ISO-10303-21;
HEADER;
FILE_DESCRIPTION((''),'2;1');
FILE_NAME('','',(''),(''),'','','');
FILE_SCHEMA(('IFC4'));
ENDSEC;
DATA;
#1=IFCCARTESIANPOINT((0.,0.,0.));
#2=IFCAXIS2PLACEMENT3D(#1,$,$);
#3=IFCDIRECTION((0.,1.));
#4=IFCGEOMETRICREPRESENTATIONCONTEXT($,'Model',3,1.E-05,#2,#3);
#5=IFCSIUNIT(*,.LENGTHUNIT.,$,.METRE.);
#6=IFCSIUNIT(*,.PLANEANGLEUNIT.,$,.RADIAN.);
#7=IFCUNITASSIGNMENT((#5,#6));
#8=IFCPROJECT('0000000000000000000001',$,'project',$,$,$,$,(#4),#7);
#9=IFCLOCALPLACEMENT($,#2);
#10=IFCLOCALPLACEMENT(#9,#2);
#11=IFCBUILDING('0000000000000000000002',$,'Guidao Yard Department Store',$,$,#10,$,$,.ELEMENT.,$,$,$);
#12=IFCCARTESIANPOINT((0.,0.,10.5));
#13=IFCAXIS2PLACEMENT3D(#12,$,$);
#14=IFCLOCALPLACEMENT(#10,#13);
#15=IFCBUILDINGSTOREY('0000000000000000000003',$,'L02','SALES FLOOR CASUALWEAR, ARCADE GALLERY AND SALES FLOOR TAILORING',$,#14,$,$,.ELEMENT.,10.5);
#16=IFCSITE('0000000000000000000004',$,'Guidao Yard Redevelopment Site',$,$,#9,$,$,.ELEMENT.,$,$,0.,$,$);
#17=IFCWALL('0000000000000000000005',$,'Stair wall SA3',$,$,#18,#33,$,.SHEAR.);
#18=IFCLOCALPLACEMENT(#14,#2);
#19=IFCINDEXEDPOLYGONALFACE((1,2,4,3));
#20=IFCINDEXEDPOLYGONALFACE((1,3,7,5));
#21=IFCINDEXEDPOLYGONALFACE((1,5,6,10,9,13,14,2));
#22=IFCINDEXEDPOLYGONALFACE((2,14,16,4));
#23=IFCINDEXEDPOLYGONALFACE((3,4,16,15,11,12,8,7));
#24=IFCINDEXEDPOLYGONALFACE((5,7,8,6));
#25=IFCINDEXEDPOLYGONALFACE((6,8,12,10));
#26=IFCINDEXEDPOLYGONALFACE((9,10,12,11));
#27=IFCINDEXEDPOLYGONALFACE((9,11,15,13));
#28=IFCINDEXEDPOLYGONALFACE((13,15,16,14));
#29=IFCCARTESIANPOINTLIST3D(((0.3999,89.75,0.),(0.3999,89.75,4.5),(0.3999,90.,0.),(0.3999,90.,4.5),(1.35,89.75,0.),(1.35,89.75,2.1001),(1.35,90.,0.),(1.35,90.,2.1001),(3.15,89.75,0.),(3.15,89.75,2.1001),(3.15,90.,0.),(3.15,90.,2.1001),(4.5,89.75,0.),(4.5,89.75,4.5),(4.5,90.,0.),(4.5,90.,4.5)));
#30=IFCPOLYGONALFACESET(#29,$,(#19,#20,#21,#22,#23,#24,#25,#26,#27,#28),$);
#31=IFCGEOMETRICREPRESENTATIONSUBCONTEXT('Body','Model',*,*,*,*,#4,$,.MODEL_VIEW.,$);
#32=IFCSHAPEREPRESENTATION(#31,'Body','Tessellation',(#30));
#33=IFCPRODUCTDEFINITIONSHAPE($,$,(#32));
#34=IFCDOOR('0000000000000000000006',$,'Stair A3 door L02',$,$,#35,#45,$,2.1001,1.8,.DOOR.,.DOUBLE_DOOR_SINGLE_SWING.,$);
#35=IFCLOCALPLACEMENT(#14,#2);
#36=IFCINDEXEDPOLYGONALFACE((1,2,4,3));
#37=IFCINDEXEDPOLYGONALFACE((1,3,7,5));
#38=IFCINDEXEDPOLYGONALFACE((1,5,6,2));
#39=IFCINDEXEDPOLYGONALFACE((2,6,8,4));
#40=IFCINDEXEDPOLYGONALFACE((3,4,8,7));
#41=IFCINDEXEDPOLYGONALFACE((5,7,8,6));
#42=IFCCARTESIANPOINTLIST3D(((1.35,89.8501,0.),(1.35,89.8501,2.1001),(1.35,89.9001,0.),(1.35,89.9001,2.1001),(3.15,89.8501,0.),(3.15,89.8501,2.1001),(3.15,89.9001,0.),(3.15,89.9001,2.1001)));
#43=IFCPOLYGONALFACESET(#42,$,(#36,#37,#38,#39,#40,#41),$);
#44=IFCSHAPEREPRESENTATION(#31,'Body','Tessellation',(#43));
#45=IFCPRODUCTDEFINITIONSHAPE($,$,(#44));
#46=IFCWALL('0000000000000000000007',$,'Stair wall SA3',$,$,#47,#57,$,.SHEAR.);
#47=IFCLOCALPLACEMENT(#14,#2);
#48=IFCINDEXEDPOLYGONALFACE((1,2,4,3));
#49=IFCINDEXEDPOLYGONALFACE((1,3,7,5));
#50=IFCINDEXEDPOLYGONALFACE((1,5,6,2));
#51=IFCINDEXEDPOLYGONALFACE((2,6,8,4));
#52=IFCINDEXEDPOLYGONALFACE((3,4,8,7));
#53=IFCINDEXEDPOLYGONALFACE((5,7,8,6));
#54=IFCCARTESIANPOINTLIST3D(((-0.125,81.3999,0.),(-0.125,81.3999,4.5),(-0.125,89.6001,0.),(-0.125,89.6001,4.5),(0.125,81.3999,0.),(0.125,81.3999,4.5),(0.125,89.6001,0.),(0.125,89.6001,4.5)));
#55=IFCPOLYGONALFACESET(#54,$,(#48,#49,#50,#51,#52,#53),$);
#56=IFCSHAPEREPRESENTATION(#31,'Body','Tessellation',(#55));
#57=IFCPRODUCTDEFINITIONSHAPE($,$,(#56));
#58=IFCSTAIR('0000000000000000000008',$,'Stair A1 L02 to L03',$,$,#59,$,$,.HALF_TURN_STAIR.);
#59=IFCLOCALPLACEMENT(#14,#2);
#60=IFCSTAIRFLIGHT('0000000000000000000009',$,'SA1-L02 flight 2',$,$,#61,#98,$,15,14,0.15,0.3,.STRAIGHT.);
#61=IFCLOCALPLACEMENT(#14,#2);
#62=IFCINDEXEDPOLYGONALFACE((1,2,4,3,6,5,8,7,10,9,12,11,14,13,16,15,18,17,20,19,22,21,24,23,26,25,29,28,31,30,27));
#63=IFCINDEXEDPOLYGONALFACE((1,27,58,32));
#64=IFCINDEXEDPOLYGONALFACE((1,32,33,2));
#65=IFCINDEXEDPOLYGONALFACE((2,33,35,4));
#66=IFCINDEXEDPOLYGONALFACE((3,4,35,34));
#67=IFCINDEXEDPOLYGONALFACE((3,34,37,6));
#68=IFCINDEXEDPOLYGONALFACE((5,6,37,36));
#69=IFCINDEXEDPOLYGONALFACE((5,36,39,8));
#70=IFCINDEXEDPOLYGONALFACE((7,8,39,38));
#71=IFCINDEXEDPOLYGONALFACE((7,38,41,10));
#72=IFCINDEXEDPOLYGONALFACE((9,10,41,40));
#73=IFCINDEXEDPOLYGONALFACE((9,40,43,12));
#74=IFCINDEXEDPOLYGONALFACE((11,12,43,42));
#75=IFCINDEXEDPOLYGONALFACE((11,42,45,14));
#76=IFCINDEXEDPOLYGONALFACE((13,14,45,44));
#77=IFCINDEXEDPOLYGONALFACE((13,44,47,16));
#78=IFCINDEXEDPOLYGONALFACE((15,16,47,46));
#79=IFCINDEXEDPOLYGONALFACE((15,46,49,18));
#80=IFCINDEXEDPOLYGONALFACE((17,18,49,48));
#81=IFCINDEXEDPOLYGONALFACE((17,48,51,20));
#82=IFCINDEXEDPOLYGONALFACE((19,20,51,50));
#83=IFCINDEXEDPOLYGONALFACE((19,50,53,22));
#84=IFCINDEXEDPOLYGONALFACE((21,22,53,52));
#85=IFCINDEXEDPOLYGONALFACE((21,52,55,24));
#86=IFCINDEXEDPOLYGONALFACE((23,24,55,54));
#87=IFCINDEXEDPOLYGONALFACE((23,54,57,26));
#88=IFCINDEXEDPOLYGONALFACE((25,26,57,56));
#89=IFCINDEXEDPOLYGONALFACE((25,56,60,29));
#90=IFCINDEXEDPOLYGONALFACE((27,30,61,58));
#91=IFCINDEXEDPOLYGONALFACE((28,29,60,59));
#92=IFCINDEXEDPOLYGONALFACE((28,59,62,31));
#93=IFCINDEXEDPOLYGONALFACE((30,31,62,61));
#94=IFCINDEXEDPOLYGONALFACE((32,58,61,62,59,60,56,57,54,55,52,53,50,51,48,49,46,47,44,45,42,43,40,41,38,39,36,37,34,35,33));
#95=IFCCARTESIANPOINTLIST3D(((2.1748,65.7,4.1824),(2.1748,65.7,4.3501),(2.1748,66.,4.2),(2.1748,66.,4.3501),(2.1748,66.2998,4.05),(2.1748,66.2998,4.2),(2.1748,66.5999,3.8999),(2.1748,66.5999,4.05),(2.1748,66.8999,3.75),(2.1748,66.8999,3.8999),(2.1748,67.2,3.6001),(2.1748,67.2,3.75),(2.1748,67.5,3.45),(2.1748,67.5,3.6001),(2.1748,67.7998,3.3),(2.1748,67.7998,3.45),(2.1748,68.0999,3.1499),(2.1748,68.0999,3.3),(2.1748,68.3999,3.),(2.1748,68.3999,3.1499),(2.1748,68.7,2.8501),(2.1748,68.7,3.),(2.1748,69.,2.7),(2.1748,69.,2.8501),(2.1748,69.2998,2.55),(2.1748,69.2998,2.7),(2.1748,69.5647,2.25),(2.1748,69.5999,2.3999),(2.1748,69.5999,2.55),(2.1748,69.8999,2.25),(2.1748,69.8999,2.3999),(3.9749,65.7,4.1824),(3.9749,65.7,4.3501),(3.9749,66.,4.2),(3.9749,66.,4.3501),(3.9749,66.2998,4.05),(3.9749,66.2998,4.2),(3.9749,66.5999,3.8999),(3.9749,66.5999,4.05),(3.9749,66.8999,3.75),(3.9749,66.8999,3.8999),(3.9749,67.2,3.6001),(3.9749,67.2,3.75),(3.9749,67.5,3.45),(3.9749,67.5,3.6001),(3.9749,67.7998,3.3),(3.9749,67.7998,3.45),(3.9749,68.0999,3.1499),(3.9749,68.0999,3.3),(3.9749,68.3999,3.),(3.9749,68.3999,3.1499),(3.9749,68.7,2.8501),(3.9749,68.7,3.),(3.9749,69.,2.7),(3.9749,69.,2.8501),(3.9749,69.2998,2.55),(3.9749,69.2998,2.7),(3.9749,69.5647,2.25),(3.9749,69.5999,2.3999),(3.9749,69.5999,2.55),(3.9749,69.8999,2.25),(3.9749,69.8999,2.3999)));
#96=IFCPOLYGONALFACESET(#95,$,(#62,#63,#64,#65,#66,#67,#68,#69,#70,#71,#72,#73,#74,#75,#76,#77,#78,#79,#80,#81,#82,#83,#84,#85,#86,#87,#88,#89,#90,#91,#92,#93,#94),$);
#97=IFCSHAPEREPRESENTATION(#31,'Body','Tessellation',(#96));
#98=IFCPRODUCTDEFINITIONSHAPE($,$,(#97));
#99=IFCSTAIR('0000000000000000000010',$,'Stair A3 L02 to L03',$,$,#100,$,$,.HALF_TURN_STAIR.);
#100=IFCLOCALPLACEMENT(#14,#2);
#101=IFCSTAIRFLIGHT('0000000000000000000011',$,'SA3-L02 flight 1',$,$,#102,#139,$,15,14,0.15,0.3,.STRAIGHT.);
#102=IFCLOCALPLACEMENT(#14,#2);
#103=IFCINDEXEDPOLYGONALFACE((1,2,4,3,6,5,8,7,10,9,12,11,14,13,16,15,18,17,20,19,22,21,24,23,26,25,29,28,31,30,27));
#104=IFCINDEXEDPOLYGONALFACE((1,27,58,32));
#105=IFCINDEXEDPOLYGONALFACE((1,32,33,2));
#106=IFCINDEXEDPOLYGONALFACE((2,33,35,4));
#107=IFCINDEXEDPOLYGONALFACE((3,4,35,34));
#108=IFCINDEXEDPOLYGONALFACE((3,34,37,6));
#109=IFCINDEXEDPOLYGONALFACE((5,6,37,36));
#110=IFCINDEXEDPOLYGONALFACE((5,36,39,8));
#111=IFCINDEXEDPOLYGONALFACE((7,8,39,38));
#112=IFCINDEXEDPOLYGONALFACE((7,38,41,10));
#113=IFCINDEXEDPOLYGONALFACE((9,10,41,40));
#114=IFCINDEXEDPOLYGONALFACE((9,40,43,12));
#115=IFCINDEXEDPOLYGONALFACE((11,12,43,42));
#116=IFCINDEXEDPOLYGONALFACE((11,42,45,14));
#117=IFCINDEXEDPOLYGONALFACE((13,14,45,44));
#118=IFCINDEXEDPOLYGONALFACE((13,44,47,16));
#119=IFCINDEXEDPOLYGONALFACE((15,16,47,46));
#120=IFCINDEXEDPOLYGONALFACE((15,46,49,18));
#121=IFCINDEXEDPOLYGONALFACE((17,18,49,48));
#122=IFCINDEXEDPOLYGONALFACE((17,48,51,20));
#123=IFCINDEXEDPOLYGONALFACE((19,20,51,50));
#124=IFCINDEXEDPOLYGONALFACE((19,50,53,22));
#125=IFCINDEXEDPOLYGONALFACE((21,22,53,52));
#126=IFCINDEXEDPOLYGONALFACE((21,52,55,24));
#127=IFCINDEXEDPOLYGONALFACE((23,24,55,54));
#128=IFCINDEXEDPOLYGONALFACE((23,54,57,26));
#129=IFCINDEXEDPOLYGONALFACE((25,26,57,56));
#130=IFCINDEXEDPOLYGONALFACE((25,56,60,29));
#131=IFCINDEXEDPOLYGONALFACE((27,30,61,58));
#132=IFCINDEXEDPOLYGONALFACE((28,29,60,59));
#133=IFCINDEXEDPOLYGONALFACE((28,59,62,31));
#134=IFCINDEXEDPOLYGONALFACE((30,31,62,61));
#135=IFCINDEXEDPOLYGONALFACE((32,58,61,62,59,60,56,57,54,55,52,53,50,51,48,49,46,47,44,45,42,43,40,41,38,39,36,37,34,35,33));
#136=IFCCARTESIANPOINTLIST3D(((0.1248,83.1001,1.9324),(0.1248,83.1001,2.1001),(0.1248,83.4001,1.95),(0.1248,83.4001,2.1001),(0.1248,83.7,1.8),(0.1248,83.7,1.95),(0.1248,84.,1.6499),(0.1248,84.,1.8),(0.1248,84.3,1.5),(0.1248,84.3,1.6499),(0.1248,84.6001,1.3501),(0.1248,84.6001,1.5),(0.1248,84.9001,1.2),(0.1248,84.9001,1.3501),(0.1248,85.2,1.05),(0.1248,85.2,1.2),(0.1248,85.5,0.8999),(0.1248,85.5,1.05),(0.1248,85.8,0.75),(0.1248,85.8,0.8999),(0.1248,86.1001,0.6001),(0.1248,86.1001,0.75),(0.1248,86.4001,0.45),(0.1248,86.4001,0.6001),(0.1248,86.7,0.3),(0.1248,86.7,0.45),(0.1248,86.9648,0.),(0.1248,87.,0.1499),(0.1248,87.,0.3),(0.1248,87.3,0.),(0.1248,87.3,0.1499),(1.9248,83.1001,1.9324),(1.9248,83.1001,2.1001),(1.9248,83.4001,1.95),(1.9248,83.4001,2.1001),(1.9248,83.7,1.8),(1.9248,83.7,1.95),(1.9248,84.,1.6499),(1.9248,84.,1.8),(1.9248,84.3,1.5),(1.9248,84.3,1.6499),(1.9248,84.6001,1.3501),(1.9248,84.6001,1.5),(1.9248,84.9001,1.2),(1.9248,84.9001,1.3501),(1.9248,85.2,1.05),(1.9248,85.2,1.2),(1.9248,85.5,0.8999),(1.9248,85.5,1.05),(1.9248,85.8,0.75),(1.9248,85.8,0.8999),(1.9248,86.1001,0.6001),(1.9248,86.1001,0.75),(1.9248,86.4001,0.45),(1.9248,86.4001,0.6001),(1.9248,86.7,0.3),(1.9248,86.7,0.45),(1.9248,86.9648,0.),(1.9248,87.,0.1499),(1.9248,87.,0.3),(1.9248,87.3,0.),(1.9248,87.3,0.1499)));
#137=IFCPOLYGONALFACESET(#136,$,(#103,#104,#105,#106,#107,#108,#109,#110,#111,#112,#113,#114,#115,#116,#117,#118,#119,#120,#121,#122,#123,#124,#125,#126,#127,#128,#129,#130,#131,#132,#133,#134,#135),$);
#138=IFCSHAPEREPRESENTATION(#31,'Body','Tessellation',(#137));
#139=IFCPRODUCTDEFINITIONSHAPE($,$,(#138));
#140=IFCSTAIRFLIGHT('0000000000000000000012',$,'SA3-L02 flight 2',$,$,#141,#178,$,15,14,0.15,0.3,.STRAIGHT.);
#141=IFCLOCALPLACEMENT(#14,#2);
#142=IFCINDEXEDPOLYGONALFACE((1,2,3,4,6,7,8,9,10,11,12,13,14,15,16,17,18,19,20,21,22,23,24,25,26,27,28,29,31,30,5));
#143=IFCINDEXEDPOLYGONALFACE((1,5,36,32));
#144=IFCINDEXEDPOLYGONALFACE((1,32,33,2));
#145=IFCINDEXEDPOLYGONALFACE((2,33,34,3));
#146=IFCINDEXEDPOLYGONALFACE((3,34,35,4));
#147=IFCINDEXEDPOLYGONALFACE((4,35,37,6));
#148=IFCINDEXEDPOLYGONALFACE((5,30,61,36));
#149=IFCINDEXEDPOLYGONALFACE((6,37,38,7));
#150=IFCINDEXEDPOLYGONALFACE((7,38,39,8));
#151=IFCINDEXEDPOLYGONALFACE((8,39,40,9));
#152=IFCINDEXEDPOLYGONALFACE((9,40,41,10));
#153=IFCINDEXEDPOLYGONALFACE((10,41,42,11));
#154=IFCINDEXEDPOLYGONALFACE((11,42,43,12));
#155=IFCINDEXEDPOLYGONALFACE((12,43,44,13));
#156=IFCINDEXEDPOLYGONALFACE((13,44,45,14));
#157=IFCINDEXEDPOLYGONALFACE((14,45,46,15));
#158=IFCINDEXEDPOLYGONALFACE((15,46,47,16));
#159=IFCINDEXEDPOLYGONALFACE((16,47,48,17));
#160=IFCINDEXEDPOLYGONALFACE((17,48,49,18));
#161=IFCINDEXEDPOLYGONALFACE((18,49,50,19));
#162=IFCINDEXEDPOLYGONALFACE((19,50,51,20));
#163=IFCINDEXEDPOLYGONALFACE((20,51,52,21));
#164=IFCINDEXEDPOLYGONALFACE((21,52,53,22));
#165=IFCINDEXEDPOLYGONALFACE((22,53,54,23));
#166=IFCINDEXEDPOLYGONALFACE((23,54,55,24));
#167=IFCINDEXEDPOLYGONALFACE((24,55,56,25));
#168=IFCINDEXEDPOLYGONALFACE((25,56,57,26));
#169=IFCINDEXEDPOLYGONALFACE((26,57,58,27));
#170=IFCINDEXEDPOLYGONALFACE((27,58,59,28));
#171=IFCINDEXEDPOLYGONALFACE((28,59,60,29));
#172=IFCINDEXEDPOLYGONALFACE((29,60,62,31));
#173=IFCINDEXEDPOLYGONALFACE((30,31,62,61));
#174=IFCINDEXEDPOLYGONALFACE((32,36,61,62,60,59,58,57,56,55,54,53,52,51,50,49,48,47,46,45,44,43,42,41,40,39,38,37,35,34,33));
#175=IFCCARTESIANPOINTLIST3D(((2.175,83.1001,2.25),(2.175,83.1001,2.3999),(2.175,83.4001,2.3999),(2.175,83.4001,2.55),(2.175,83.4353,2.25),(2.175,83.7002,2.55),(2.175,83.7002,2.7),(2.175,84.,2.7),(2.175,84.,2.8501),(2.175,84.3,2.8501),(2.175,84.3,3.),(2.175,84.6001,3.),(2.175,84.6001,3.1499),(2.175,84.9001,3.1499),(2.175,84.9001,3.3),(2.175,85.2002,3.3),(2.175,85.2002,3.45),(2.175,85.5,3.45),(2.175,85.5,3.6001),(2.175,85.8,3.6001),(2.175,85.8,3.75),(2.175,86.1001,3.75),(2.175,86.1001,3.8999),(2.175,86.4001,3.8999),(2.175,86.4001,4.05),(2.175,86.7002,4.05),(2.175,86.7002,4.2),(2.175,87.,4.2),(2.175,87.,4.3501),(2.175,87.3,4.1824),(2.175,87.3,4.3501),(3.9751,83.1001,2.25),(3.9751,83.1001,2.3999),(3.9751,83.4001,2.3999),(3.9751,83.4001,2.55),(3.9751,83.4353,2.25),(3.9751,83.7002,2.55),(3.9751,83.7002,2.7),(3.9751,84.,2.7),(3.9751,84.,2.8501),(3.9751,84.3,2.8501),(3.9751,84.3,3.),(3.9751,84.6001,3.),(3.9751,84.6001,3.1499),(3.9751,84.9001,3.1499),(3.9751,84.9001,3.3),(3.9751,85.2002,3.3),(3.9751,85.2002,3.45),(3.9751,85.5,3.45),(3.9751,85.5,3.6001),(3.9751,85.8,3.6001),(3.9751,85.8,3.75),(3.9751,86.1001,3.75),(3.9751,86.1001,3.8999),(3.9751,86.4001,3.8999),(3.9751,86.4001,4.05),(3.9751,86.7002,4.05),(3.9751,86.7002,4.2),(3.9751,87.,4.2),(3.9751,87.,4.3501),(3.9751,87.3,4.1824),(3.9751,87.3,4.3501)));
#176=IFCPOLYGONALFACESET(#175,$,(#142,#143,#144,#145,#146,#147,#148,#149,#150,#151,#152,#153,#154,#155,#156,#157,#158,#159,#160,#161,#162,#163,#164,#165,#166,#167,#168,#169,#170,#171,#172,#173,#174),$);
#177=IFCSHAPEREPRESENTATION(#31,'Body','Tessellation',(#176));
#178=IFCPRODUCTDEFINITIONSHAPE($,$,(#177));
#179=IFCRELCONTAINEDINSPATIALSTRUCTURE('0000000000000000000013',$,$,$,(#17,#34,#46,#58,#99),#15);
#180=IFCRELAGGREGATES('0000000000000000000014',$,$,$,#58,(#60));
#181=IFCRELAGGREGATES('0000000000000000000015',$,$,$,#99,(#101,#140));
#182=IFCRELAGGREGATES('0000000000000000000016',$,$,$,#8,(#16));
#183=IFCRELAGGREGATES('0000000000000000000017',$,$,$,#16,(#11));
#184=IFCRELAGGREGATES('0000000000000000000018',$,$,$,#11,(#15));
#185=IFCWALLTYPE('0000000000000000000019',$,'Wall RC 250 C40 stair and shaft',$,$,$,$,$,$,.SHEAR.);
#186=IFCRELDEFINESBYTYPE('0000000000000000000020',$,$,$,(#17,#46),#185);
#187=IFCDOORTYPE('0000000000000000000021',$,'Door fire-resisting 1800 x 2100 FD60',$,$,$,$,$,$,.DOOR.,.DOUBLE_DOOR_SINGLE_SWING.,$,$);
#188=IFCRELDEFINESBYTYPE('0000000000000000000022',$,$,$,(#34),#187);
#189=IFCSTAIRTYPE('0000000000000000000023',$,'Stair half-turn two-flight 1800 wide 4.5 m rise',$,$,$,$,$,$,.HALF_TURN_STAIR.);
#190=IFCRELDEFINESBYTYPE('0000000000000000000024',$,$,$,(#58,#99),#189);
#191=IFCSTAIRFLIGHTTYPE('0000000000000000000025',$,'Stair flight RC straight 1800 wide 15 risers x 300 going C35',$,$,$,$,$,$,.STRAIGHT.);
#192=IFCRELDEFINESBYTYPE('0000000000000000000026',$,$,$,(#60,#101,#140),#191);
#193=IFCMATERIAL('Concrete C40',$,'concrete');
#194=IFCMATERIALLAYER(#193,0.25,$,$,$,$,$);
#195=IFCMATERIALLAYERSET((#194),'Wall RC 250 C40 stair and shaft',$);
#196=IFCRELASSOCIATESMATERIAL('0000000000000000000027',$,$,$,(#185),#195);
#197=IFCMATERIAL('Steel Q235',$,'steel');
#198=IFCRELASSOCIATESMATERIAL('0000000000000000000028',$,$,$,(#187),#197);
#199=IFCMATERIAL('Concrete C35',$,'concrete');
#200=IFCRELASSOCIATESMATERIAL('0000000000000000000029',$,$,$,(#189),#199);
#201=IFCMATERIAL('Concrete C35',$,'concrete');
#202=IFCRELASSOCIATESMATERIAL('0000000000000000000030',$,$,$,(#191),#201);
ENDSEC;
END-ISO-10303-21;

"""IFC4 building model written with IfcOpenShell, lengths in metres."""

from ifc_helpers import new_model, si_unit, direction, frame, frame_2d, origin, place, context, subcontext, project, spatial, polyline, rectangle, outline, extrude, material, layer, layer_set, type_object, element, fill, aggregate, save


model = new_model("IFC4")

# Units and contexts
model_context = context("Model", 3, precision=1e-05, world=origin(), true_north=direction((0.0, 1.0)))
body_context = subcontext(model_context, "Body", "Model", "MODEL_VIEW")
ifc_project = project(units=[si_unit("LENGTHUNIT", "METRE"), si_unit("PLANEANGLEUNIT", "RADIAN")], contexts=[model_context])

# Site, building, storey
site_placement = place(None, origin())
site = spatial("IfcSite", under=ifc_project, at=site_placement, Name="Guidao Yard Redevelopment Site", CompositionType="ELEMENT", RefElevation=0.0)
building_placement = place(site_placement, origin())
building = spatial("IfcBuilding", under=site, at=building_placement, Name="Guidao Yard Department Store", CompositionType="ELEMENT")
storey_placement = place(building_placement, frame((0.0, 0.0, 10.5)))
storey = spatial("IfcBuildingStorey", under=building, at=storey_placement, Name="L02", Description="SALES FLOOR CASUALWEAR, ARCADE GALLERY AND SALES FLOOR TAILORING", CompositionType="ELEMENT", Elevation=10.5)

# Shared definitions
ifc_material_1 = material(Name="Concrete C40", Category="concrete")
ifc_layer_1 = layer(ifc_material_1, 0.25)
ifc_layer_set_1 = layer_set([ifc_layer_1], Name="Wall RC 250 C40 stair and shaft")
wall_type_1 = type_object("IfcWallType", Name="Wall RC 250 C40 stair and shaft", PredefinedType="SHEAR", material=ifc_layer_set_1)

# Wall, opening, door
wall_1_placement = place(storey_placement, frame((0.3999, 89.875, 0.0), z_axis=(0.0, 0.0, 1.0), x_axis=(1.0, 0.0, 0.0)))
wall_1 = element("IfcWall", 1, at=wall_1_placement, inside=storey, type_object=wall_type_1, Name="Stair wall SA3", PredefinedType="SHEAR", context=body_context, shape_type="SweptSolid", body=[
    extrude(rectangle(XDim=4.1001, YDim=0.25, at=frame_2d((2.05, 0.0))), origin(), (0.0, 0.0, 1.0), 4.5),
])
opening_1_placement = place(wall_1_placement, frame((2.75, 0.0, 0.0), z_axis=(0.0, 0.0, 1.0), x_axis=(-1.0, 0.0, 0.0)))
opening_1 = element("IfcOpeningElement", 2, at=opening_1_placement, cuts=wall_1, PredefinedType="OPENING", context=body_context, shape_type="SweptSolid", body=[
    extrude(rectangle(XDim=1.8, YDim=2.1001, at=frame_2d((0.8999, 1.05))), frame((0.0, 0.135, 0.0), z_axis=(0.0, -1.0, 0.0), x_axis=(1.0, 0.0, 0.0)), (0.0, 0.0, 1.0), 0.27),
])
ifc_material_2 = material(Name="Steel Q235", Category="steel")
door_type = type_object("IfcDoorType", Name="Door fire-resisting 1800 x 2100 FD60", OperationType="DOUBLE_DOOR_SINGLE_SWING", PredefinedType="DOOR", material=ifc_material_2)
door_placement = place(opening_1_placement, origin())
door = element("IfcDoor", 3, at=door_placement, inside=storey, type_object=door_type, Name="Stair A3 door L02", OperationType="DOUBLE_DOOR_SINGLE_SWING", OverallHeight=2.1001, OverallWidth=1.8, PredefinedType="DOOR", context=body_context, shape_type="SweptSolid", body=[
    extrude(rectangle(XDim=1.8, YDim=2.1001, at=frame_2d((0.8999, 1.05))), frame((0.0, 0.0249, 0.0), z_axis=(0.0, -1.0, 0.0), x_axis=(1.0, 0.0, 0.0)), (0.0, 0.0, 1.0), 0.05),
])
fill(opening_1, door)

# Wall
wall_2_placement = place(storey_placement, frame((0.0, 81.3999, 0.0), z_axis=(0.0, 0.0, 1.0), x_axis=(0.0, 1.0, 0.0)))
element("IfcWall", 4, at=wall_2_placement, inside=storey, type_object=wall_type_1, Name="Stair wall SA3", PredefinedType="SHEAR", context=body_context, shape_type="SweptSolid", body=[
    extrude(rectangle(XDim=8.2002, YDim=0.25, at=frame_2d((4.1001, 0.0))), origin(), (0.0, 0.0, 1.0), 4.5),
])

# Stair, stair flight
ifc_material_3 = material(Name="Concrete C35", Category="concrete")
stair_type = type_object("IfcStairType", Name="Stair half-turn two-flight 1800 wide 4.5 m rise", PredefinedType="HALF_TURN_STAIR", material=ifc_material_3)
stair_1_placement = place(storey_placement, origin())
stair_1 = element("IfcStair", 5, at=stair_1_placement, inside=storey, type_object=stair_type, Name="Stair A1 L02 to L03", PredefinedType="HALF_TURN_STAIR")
ifc_material_4 = material(Name="Concrete C35", Category="concrete")
stair_flight_type = type_object("IfcStairFlightType", Name="Stair flight RC straight 1800 wide 15 risers x 300 going C35", PredefinedType="STRAIGHT", material=ifc_material_4)
stair_flight_1_placement = place(storey_placement, frame((3.075, 69.8999, 2.25), z_axis=(0.0, 0.0, 1.0), x_axis=(0.0, -1.0, 0.0)))
stair_flight_1 = element("IfcStairFlight", 6, at=stair_flight_1_placement, type_object=stair_flight_type, Name="SA1-L02 flight 2", NumberOfRisers=15, NumberOfTreads=14, PredefinedType="STRAIGHT", RiserHeight=0.15, TreadLength=0.3, context=body_context, shape_type="SweptSolid", body=[
    extrude(outline(polyline([(0.0, 0.0), (0.0, 0.1499), (0.3, 0.1499), (0.3, 0.3), (0.6001, 0.3), (0.6001, 0.45), (0.8999, 0.45), (0.8999, 0.6001), (1.2, 0.6001), (1.2, 0.75), (1.5, 0.75), (1.5, 0.8999), (1.8, 0.8999), (1.8, 1.05), (2.1001, 1.05), (2.1001, 1.2), (2.3999, 1.2), (2.3999, 1.3501), (2.7, 1.3501), (2.7, 1.5), (3.0, 1.5), (3.0, 1.6499), (3.3, 1.6499), (3.3, 1.8), (3.6001, 1.8), (3.6001, 1.95), (3.8999, 1.95), (3.8999, 2.1001), (4.2, 2.1001), (4.2, 2.25), (4.2, 1.9324), (0.3352, 0.0), (0.0, 0.0)])), frame((0.0, 0.8999, 0.0), z_axis=(0.0, -1.0, 0.0), x_axis=(1.0, 0.0, 0.0)), (0.0, 0.0, 1.0), 1.8),
])
aggregate(stair_1, [stair_flight_1])

# Stair, stair flights
stair_2_placement = place(storey_placement, origin())
stair_2 = element("IfcStair", 7, at=stair_2_placement, inside=storey, type_object=stair_type, Name="Stair A3 L02 to L03", PredefinedType="HALF_TURN_STAIR")
stair_flight_2_placement = place(storey_placement, frame((1.0249, 87.3, 0.0), z_axis=(0.0, 0.0, 1.0), x_axis=(0.0, -1.0, 0.0)))
stair_flight_2 = element("IfcStairFlight", 8, at=stair_flight_2_placement, type_object=stair_flight_type, Name="SA3-L02 flight 1", NumberOfRisers=15, NumberOfTreads=14, PredefinedType="STRAIGHT", RiserHeight=0.15, TreadLength=0.3, context=body_context, shape_type="SweptSolid", body=[
    extrude(outline(polyline([(0.0, 0.0), (0.0, 0.1499), (0.3, 0.1499), (0.3, 0.3), (0.6001, 0.3), (0.6001, 0.45), (0.8999, 0.45), (0.8999, 0.6001), (1.2, 0.6001), (1.2, 0.75), (1.5, 0.75), (1.5, 0.8999), (1.8, 0.8999), (1.8, 1.05), (2.1001, 1.05), (2.1001, 1.2), (2.3999, 1.2), (2.3999, 1.3501), (2.7, 1.3501), (2.7, 1.5), (3.0, 1.5), (3.0, 1.6499), (3.3, 1.6499), (3.3, 1.8), (3.6001, 1.8), (3.6001, 1.95), (3.8999, 1.95), (3.8999, 2.1001), (4.2, 2.1001), (4.2, 2.25), (4.2, 1.9324), (0.3352, 0.0), (0.0, 0.0)])), frame((0.0, 0.8999, 0.0), z_axis=(0.0, -1.0, 0.0), x_axis=(1.0, 0.0, 0.0)), (0.0, 0.0, 1.0), 1.8),
])
stair_flight_3_placement = place(storey_placement, frame((3.075, 83.1001, 2.25), z_axis=(0.0, 0.0, 1.0), x_axis=(0.0, 1.0, 0.0)))
stair_flight_3 = element("IfcStairFlight", 9, at=stair_flight_3_placement, type_object=stair_flight_type, Name="SA3-L02 flight 2", NumberOfRisers=15, NumberOfTreads=14, PredefinedType="STRAIGHT", RiserHeight=0.15, TreadLength=0.3, context=body_context, shape_type="SweptSolid", body=[
    extrude(outline(polyline([(0.0, 0.0), (0.0, 0.1499), (0.3, 0.1499), (0.3, 0.3), (0.6001, 0.3), (0.6001, 0.45), (0.8999, 0.45), (0.8999, 0.6001), (1.2, 0.6001), (1.2, 0.75), (1.5, 0.75), (1.5, 0.8999), (1.8, 0.8999), (1.8, 1.05), (2.1001, 1.05), (2.1001, 1.2), (2.3999, 1.2), (2.3999, 1.3501), (2.7, 1.3501), (2.7, 1.5), (3.0, 1.5), (3.0, 1.6499), (3.3, 1.6499), (3.3, 1.8), (3.6001, 1.8), (3.6001, 1.95), (3.8999, 1.95), (3.8999, 2.1001), (4.2, 2.1001), (4.2, 2.25), (4.2, 1.9324), (0.3352, 0.0), (0.0, 0.0)])), frame((0.0, 0.8999, 0.0), z_axis=(0.0, -1.0, 0.0), x_axis=(1.0, 0.0, 0.0)), (0.0, 0.0, 1.0), 1.8),
])
aggregate(stair_2, [stair_flight_2, stair_flight_3])

save(model, "model.ifc")
